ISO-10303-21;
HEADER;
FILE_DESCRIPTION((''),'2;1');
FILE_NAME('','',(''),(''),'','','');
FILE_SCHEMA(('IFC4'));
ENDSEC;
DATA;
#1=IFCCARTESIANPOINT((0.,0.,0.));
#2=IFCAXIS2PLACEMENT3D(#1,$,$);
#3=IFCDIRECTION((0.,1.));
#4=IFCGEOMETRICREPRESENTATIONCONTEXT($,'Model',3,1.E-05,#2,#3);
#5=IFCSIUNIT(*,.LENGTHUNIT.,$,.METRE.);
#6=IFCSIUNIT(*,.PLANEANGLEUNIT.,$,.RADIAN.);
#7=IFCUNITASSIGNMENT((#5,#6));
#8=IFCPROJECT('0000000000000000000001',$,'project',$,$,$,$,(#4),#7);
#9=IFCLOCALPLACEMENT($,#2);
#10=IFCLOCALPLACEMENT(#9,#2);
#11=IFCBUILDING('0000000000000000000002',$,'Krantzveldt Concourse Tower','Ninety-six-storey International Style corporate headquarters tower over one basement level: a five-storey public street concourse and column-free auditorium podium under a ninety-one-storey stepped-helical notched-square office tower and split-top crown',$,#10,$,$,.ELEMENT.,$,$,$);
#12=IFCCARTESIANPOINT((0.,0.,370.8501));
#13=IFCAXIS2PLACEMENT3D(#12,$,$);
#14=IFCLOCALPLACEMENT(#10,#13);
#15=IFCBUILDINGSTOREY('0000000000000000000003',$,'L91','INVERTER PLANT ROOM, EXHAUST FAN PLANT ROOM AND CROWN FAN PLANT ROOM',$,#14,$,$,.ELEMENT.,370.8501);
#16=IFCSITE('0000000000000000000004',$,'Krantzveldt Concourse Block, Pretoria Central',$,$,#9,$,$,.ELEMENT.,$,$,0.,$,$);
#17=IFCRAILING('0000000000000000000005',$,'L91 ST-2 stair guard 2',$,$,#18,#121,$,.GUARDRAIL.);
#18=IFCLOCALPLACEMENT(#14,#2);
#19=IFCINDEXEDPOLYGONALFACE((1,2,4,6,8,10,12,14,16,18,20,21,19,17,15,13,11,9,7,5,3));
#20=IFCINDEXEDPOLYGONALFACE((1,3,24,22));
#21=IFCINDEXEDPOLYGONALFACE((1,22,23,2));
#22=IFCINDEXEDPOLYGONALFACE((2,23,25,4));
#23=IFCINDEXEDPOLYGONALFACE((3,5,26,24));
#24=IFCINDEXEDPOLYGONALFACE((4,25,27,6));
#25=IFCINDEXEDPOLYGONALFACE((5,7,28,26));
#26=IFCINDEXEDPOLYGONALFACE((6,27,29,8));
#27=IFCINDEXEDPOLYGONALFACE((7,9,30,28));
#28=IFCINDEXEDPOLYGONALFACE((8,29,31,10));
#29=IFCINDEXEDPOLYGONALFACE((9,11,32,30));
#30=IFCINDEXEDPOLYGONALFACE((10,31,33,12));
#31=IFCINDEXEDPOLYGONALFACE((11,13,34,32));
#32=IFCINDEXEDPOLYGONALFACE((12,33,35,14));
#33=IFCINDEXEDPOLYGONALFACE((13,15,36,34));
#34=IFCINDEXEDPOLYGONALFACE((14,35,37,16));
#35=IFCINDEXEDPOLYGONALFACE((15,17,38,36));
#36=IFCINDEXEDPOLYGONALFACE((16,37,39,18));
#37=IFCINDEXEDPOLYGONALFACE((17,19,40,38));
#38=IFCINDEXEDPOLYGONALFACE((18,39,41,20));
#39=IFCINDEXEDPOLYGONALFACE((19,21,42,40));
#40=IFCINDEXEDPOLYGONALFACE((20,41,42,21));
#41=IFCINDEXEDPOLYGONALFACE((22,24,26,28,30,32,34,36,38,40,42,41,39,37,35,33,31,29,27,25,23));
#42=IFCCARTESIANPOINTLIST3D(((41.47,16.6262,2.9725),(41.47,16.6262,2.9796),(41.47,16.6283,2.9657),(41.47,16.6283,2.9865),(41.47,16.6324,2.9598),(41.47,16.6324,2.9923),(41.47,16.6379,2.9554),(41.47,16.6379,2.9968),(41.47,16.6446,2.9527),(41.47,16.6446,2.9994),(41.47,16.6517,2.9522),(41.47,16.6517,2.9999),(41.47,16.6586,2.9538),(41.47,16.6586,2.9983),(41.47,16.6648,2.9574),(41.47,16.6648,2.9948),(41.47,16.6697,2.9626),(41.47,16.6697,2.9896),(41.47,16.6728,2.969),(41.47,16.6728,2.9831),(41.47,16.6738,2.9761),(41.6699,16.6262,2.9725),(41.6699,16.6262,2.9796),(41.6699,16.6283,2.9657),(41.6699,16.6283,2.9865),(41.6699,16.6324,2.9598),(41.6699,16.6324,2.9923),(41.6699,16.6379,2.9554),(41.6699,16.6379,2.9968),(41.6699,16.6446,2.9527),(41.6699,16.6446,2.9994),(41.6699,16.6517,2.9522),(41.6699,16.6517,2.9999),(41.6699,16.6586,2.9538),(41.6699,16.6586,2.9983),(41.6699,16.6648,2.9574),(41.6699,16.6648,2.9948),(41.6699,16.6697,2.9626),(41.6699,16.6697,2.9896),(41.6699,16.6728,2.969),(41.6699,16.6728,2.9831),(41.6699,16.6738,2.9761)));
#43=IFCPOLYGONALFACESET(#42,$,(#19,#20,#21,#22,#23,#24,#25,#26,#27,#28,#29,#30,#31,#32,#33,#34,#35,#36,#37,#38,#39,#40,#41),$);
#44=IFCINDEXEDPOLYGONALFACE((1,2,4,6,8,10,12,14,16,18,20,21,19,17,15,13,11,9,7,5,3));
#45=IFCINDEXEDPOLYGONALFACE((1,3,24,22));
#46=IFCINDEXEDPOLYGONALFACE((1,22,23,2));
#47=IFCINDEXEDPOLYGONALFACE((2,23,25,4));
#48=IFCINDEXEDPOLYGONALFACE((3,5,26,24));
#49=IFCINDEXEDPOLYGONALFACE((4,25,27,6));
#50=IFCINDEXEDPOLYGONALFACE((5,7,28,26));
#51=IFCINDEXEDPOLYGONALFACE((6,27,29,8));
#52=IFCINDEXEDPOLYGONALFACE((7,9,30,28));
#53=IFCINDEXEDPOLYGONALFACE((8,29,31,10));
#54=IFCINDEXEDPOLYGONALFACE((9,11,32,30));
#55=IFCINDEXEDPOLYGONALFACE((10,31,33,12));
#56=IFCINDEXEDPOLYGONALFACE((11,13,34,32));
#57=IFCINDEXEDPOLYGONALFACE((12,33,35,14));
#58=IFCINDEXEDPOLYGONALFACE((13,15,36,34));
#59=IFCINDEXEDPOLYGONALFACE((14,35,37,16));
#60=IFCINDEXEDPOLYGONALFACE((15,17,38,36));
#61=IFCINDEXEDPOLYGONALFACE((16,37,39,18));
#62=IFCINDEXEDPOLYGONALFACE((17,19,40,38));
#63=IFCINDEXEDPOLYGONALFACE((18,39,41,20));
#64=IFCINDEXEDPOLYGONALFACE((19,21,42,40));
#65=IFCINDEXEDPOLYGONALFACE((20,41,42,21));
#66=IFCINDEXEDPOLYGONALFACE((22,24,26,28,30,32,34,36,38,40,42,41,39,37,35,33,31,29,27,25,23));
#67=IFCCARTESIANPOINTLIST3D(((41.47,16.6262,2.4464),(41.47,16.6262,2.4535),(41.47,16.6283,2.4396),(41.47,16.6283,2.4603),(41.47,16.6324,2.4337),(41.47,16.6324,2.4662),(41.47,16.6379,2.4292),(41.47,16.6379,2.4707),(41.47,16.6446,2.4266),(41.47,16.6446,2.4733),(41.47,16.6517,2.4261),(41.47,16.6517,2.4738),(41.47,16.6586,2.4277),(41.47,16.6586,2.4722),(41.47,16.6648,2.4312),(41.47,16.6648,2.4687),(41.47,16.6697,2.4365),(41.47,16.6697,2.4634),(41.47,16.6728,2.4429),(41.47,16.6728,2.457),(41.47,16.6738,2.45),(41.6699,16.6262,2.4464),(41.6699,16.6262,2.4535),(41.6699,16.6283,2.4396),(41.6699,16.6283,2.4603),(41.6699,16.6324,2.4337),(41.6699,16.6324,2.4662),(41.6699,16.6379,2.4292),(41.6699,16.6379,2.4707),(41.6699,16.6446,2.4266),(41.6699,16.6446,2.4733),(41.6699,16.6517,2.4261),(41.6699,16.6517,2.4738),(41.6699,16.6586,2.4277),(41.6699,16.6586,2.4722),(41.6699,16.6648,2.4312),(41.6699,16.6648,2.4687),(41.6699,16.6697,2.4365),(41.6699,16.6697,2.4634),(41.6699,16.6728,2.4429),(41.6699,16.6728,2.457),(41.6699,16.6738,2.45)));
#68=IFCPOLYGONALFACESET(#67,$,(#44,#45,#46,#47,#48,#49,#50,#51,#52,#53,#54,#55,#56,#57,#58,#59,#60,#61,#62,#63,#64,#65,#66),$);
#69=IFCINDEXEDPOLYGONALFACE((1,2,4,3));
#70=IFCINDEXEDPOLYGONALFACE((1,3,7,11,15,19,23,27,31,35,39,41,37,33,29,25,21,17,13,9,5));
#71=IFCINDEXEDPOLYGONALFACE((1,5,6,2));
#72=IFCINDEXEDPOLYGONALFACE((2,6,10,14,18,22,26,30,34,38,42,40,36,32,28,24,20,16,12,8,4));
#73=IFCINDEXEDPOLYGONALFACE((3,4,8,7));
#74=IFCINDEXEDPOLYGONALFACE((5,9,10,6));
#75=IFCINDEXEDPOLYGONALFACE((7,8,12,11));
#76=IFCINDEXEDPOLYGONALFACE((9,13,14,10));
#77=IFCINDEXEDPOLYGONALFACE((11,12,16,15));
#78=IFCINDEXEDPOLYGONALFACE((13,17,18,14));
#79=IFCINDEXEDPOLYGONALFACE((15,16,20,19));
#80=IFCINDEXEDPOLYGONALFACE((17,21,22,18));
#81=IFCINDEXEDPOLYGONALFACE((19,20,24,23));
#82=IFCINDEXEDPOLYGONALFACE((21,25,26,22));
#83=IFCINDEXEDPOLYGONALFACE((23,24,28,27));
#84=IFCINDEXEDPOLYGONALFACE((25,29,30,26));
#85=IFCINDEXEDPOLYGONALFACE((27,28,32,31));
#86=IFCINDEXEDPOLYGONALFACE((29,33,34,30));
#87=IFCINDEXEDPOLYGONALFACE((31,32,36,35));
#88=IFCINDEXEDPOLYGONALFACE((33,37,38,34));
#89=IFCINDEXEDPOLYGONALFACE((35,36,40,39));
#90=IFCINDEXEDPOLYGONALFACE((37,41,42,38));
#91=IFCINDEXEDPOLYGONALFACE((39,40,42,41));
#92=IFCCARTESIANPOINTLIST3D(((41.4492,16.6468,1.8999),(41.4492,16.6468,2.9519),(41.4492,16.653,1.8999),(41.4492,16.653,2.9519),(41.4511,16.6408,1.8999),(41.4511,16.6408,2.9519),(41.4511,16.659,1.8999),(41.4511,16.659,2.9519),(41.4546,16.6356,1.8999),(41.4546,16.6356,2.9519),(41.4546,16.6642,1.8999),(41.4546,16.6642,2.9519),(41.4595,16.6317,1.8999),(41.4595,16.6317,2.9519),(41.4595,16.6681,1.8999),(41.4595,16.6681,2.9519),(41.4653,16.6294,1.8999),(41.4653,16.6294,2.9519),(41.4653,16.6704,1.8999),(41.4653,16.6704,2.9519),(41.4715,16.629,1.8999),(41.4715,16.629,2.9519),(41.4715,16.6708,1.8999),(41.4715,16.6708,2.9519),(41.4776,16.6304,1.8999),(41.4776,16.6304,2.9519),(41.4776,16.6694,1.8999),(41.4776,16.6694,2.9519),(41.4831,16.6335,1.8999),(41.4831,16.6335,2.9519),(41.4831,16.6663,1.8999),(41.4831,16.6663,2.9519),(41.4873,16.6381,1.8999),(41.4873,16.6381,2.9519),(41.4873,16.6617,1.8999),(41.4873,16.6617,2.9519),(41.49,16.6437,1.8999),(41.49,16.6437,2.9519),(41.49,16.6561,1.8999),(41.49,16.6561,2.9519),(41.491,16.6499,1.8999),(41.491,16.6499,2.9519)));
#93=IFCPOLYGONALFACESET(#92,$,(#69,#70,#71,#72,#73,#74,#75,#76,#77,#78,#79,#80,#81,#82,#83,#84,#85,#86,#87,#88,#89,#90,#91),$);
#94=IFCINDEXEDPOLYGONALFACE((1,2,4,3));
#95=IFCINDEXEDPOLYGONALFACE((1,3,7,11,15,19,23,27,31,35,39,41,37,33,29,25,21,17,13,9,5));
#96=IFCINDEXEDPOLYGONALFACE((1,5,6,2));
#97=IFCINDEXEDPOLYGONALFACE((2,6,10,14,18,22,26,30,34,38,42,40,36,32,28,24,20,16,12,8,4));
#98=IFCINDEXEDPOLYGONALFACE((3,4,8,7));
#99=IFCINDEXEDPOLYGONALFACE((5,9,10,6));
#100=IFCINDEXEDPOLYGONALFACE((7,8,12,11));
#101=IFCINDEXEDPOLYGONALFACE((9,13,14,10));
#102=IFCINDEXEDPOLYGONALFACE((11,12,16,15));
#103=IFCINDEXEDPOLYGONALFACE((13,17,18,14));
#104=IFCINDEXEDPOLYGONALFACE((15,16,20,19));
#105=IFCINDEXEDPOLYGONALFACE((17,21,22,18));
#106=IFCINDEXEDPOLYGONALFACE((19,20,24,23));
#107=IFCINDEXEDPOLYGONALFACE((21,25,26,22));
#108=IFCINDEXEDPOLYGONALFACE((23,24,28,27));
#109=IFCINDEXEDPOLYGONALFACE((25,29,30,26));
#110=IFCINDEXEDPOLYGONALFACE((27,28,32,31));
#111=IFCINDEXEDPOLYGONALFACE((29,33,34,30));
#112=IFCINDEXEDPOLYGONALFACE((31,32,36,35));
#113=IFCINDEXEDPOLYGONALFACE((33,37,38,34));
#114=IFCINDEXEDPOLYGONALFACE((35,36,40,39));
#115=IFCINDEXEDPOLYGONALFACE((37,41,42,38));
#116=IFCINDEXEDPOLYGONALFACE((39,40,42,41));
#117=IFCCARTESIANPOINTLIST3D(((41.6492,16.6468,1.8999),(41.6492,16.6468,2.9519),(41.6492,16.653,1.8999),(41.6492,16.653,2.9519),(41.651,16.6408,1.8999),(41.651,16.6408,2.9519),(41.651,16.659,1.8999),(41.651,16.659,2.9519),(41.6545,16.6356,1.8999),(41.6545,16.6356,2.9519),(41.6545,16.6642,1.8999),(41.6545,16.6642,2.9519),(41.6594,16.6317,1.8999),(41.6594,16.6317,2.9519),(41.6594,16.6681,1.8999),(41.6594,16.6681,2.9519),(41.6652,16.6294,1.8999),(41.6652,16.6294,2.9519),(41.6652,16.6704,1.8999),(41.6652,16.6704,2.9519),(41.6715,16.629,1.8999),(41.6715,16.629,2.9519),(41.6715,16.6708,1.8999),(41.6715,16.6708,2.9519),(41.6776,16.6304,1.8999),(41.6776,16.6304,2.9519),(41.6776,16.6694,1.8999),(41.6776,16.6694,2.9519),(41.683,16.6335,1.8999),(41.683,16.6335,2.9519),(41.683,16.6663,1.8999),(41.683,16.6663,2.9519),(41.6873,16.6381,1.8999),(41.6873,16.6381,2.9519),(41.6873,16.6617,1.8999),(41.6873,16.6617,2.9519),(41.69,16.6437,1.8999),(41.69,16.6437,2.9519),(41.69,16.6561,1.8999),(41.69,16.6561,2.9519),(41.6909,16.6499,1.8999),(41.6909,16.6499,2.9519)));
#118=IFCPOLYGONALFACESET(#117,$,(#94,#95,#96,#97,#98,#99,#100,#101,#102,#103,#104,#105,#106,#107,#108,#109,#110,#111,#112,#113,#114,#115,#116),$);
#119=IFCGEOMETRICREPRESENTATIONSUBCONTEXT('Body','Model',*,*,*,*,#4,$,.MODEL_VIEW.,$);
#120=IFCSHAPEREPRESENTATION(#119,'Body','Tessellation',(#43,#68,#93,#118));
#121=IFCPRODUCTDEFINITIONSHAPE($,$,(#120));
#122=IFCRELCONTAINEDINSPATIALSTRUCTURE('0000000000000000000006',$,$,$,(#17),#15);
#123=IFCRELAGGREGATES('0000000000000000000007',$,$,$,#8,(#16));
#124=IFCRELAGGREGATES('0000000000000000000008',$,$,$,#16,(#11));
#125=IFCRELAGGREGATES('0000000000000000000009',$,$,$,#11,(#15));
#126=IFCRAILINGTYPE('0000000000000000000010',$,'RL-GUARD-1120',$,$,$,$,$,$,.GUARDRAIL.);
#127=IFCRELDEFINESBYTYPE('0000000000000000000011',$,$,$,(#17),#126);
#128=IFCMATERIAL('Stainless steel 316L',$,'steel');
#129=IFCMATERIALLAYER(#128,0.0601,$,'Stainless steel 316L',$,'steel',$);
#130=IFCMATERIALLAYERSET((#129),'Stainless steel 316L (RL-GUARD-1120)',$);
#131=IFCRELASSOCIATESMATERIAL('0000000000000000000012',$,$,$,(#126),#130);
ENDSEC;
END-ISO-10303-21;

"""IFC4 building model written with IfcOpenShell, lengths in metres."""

from ifc_helpers import new_model, si_unit, direction, frame, origin, origin_2d, place, context, subcontext, project, spatial, circle, extrude, material, layer, layer_set, type_object, element, save


model = new_model("IFC4")

# Units and contexts
model_context = context("Model", 3, precision=1e-05, world=origin(), true_north=direction((0.0, 1.0)))
body_context = subcontext(model_context, "Body", "Model", "MODEL_VIEW")
ifc_project = project(units=[si_unit("LENGTHUNIT", "METRE"), si_unit("PLANEANGLEUNIT", "RADIAN")], contexts=[model_context])

# Site, building, storey
site_placement = place(None, origin())
site = spatial("IfcSite", under=ifc_project, at=site_placement, Name="Krantzveldt Concourse Block, Pretoria Central", CompositionType="ELEMENT", RefElevation=0.0)
building_placement = place(site_placement, origin())
building = spatial("IfcBuilding", under=site, at=building_placement, Name="Krantzveldt Concourse Tower", Description="Ninety-six-storey International Style corporate headquarters tower over one basement level: a five-storey public street concourse and column-free auditorium podium under a ninety-one-storey stepped-helical notched-square office tower and split-top crown", CompositionType="ELEMENT")
storey_placement = place(building_placement, frame((0.0, 0.0, 370.8501)))
storey = spatial("IfcBuildingStorey", under=building, at=storey_placement, Name="L91", Description="INVERTER PLANT ROOM, EXHAUST FAN PLANT ROOM AND CROWN FAN PLANT ROOM", CompositionType="ELEMENT", Elevation=370.8501)

# Shared definitions
ifc_material_1 = material(Name="Stainless steel 316L", Category="steel")

# Railing
ifc_layer_1 = layer(ifc_material_1, 0.0601, Name="Stainless steel 316L", Category="steel")
ifc_layer_set_1 = layer_set([ifc_layer_1], Name="Stainless steel 316L (RL-GUARD-1120)")
railing_type_1 = type_object("IfcRailingType", Name="RL-GUARD-1120", PredefinedType="GUARDRAIL", material=ifc_layer_set_1)
railing_1_placement = place(storey_placement, frame((41.47, 16.6499, 1.8999)))
element("IfcRailing", 1, at=railing_1_placement, inside=storey, type_object=railing_type_1, Name="L91 ST-2 stair guard 2", PredefinedType="GUARDRAIL", context=body_context, shape_type="SweptSolid", body=[
    extrude(circle(Radius=0.0239, at=origin_2d()), frame((0.0, 0.0, 1.0762), z_axis=(1.0, 0.0, 0.0), x_axis=(0.0, 1.0, 0.0)), (0.0, 0.0, 1.0), 0.2),
    extrude(circle(Radius=0.0239, at=origin_2d()), frame((0.0, 0.0, 0.55), z_axis=(1.0, 0.0, 0.0), x_axis=(0.0, 1.0, 0.0)), (0.0, 0.0, 1.0), 0.2),
    extrude(circle(Radius=0.021, at=origin_2d()), origin(), (0.0, 0.0, 1.0), 1.052),
    extrude(circle(Radius=0.021, at=origin_2d()), frame((0.2, 0.0, 0.0)), (0.0, 0.0, 1.0), 1.052),
])

save(model, "model.ifc")
